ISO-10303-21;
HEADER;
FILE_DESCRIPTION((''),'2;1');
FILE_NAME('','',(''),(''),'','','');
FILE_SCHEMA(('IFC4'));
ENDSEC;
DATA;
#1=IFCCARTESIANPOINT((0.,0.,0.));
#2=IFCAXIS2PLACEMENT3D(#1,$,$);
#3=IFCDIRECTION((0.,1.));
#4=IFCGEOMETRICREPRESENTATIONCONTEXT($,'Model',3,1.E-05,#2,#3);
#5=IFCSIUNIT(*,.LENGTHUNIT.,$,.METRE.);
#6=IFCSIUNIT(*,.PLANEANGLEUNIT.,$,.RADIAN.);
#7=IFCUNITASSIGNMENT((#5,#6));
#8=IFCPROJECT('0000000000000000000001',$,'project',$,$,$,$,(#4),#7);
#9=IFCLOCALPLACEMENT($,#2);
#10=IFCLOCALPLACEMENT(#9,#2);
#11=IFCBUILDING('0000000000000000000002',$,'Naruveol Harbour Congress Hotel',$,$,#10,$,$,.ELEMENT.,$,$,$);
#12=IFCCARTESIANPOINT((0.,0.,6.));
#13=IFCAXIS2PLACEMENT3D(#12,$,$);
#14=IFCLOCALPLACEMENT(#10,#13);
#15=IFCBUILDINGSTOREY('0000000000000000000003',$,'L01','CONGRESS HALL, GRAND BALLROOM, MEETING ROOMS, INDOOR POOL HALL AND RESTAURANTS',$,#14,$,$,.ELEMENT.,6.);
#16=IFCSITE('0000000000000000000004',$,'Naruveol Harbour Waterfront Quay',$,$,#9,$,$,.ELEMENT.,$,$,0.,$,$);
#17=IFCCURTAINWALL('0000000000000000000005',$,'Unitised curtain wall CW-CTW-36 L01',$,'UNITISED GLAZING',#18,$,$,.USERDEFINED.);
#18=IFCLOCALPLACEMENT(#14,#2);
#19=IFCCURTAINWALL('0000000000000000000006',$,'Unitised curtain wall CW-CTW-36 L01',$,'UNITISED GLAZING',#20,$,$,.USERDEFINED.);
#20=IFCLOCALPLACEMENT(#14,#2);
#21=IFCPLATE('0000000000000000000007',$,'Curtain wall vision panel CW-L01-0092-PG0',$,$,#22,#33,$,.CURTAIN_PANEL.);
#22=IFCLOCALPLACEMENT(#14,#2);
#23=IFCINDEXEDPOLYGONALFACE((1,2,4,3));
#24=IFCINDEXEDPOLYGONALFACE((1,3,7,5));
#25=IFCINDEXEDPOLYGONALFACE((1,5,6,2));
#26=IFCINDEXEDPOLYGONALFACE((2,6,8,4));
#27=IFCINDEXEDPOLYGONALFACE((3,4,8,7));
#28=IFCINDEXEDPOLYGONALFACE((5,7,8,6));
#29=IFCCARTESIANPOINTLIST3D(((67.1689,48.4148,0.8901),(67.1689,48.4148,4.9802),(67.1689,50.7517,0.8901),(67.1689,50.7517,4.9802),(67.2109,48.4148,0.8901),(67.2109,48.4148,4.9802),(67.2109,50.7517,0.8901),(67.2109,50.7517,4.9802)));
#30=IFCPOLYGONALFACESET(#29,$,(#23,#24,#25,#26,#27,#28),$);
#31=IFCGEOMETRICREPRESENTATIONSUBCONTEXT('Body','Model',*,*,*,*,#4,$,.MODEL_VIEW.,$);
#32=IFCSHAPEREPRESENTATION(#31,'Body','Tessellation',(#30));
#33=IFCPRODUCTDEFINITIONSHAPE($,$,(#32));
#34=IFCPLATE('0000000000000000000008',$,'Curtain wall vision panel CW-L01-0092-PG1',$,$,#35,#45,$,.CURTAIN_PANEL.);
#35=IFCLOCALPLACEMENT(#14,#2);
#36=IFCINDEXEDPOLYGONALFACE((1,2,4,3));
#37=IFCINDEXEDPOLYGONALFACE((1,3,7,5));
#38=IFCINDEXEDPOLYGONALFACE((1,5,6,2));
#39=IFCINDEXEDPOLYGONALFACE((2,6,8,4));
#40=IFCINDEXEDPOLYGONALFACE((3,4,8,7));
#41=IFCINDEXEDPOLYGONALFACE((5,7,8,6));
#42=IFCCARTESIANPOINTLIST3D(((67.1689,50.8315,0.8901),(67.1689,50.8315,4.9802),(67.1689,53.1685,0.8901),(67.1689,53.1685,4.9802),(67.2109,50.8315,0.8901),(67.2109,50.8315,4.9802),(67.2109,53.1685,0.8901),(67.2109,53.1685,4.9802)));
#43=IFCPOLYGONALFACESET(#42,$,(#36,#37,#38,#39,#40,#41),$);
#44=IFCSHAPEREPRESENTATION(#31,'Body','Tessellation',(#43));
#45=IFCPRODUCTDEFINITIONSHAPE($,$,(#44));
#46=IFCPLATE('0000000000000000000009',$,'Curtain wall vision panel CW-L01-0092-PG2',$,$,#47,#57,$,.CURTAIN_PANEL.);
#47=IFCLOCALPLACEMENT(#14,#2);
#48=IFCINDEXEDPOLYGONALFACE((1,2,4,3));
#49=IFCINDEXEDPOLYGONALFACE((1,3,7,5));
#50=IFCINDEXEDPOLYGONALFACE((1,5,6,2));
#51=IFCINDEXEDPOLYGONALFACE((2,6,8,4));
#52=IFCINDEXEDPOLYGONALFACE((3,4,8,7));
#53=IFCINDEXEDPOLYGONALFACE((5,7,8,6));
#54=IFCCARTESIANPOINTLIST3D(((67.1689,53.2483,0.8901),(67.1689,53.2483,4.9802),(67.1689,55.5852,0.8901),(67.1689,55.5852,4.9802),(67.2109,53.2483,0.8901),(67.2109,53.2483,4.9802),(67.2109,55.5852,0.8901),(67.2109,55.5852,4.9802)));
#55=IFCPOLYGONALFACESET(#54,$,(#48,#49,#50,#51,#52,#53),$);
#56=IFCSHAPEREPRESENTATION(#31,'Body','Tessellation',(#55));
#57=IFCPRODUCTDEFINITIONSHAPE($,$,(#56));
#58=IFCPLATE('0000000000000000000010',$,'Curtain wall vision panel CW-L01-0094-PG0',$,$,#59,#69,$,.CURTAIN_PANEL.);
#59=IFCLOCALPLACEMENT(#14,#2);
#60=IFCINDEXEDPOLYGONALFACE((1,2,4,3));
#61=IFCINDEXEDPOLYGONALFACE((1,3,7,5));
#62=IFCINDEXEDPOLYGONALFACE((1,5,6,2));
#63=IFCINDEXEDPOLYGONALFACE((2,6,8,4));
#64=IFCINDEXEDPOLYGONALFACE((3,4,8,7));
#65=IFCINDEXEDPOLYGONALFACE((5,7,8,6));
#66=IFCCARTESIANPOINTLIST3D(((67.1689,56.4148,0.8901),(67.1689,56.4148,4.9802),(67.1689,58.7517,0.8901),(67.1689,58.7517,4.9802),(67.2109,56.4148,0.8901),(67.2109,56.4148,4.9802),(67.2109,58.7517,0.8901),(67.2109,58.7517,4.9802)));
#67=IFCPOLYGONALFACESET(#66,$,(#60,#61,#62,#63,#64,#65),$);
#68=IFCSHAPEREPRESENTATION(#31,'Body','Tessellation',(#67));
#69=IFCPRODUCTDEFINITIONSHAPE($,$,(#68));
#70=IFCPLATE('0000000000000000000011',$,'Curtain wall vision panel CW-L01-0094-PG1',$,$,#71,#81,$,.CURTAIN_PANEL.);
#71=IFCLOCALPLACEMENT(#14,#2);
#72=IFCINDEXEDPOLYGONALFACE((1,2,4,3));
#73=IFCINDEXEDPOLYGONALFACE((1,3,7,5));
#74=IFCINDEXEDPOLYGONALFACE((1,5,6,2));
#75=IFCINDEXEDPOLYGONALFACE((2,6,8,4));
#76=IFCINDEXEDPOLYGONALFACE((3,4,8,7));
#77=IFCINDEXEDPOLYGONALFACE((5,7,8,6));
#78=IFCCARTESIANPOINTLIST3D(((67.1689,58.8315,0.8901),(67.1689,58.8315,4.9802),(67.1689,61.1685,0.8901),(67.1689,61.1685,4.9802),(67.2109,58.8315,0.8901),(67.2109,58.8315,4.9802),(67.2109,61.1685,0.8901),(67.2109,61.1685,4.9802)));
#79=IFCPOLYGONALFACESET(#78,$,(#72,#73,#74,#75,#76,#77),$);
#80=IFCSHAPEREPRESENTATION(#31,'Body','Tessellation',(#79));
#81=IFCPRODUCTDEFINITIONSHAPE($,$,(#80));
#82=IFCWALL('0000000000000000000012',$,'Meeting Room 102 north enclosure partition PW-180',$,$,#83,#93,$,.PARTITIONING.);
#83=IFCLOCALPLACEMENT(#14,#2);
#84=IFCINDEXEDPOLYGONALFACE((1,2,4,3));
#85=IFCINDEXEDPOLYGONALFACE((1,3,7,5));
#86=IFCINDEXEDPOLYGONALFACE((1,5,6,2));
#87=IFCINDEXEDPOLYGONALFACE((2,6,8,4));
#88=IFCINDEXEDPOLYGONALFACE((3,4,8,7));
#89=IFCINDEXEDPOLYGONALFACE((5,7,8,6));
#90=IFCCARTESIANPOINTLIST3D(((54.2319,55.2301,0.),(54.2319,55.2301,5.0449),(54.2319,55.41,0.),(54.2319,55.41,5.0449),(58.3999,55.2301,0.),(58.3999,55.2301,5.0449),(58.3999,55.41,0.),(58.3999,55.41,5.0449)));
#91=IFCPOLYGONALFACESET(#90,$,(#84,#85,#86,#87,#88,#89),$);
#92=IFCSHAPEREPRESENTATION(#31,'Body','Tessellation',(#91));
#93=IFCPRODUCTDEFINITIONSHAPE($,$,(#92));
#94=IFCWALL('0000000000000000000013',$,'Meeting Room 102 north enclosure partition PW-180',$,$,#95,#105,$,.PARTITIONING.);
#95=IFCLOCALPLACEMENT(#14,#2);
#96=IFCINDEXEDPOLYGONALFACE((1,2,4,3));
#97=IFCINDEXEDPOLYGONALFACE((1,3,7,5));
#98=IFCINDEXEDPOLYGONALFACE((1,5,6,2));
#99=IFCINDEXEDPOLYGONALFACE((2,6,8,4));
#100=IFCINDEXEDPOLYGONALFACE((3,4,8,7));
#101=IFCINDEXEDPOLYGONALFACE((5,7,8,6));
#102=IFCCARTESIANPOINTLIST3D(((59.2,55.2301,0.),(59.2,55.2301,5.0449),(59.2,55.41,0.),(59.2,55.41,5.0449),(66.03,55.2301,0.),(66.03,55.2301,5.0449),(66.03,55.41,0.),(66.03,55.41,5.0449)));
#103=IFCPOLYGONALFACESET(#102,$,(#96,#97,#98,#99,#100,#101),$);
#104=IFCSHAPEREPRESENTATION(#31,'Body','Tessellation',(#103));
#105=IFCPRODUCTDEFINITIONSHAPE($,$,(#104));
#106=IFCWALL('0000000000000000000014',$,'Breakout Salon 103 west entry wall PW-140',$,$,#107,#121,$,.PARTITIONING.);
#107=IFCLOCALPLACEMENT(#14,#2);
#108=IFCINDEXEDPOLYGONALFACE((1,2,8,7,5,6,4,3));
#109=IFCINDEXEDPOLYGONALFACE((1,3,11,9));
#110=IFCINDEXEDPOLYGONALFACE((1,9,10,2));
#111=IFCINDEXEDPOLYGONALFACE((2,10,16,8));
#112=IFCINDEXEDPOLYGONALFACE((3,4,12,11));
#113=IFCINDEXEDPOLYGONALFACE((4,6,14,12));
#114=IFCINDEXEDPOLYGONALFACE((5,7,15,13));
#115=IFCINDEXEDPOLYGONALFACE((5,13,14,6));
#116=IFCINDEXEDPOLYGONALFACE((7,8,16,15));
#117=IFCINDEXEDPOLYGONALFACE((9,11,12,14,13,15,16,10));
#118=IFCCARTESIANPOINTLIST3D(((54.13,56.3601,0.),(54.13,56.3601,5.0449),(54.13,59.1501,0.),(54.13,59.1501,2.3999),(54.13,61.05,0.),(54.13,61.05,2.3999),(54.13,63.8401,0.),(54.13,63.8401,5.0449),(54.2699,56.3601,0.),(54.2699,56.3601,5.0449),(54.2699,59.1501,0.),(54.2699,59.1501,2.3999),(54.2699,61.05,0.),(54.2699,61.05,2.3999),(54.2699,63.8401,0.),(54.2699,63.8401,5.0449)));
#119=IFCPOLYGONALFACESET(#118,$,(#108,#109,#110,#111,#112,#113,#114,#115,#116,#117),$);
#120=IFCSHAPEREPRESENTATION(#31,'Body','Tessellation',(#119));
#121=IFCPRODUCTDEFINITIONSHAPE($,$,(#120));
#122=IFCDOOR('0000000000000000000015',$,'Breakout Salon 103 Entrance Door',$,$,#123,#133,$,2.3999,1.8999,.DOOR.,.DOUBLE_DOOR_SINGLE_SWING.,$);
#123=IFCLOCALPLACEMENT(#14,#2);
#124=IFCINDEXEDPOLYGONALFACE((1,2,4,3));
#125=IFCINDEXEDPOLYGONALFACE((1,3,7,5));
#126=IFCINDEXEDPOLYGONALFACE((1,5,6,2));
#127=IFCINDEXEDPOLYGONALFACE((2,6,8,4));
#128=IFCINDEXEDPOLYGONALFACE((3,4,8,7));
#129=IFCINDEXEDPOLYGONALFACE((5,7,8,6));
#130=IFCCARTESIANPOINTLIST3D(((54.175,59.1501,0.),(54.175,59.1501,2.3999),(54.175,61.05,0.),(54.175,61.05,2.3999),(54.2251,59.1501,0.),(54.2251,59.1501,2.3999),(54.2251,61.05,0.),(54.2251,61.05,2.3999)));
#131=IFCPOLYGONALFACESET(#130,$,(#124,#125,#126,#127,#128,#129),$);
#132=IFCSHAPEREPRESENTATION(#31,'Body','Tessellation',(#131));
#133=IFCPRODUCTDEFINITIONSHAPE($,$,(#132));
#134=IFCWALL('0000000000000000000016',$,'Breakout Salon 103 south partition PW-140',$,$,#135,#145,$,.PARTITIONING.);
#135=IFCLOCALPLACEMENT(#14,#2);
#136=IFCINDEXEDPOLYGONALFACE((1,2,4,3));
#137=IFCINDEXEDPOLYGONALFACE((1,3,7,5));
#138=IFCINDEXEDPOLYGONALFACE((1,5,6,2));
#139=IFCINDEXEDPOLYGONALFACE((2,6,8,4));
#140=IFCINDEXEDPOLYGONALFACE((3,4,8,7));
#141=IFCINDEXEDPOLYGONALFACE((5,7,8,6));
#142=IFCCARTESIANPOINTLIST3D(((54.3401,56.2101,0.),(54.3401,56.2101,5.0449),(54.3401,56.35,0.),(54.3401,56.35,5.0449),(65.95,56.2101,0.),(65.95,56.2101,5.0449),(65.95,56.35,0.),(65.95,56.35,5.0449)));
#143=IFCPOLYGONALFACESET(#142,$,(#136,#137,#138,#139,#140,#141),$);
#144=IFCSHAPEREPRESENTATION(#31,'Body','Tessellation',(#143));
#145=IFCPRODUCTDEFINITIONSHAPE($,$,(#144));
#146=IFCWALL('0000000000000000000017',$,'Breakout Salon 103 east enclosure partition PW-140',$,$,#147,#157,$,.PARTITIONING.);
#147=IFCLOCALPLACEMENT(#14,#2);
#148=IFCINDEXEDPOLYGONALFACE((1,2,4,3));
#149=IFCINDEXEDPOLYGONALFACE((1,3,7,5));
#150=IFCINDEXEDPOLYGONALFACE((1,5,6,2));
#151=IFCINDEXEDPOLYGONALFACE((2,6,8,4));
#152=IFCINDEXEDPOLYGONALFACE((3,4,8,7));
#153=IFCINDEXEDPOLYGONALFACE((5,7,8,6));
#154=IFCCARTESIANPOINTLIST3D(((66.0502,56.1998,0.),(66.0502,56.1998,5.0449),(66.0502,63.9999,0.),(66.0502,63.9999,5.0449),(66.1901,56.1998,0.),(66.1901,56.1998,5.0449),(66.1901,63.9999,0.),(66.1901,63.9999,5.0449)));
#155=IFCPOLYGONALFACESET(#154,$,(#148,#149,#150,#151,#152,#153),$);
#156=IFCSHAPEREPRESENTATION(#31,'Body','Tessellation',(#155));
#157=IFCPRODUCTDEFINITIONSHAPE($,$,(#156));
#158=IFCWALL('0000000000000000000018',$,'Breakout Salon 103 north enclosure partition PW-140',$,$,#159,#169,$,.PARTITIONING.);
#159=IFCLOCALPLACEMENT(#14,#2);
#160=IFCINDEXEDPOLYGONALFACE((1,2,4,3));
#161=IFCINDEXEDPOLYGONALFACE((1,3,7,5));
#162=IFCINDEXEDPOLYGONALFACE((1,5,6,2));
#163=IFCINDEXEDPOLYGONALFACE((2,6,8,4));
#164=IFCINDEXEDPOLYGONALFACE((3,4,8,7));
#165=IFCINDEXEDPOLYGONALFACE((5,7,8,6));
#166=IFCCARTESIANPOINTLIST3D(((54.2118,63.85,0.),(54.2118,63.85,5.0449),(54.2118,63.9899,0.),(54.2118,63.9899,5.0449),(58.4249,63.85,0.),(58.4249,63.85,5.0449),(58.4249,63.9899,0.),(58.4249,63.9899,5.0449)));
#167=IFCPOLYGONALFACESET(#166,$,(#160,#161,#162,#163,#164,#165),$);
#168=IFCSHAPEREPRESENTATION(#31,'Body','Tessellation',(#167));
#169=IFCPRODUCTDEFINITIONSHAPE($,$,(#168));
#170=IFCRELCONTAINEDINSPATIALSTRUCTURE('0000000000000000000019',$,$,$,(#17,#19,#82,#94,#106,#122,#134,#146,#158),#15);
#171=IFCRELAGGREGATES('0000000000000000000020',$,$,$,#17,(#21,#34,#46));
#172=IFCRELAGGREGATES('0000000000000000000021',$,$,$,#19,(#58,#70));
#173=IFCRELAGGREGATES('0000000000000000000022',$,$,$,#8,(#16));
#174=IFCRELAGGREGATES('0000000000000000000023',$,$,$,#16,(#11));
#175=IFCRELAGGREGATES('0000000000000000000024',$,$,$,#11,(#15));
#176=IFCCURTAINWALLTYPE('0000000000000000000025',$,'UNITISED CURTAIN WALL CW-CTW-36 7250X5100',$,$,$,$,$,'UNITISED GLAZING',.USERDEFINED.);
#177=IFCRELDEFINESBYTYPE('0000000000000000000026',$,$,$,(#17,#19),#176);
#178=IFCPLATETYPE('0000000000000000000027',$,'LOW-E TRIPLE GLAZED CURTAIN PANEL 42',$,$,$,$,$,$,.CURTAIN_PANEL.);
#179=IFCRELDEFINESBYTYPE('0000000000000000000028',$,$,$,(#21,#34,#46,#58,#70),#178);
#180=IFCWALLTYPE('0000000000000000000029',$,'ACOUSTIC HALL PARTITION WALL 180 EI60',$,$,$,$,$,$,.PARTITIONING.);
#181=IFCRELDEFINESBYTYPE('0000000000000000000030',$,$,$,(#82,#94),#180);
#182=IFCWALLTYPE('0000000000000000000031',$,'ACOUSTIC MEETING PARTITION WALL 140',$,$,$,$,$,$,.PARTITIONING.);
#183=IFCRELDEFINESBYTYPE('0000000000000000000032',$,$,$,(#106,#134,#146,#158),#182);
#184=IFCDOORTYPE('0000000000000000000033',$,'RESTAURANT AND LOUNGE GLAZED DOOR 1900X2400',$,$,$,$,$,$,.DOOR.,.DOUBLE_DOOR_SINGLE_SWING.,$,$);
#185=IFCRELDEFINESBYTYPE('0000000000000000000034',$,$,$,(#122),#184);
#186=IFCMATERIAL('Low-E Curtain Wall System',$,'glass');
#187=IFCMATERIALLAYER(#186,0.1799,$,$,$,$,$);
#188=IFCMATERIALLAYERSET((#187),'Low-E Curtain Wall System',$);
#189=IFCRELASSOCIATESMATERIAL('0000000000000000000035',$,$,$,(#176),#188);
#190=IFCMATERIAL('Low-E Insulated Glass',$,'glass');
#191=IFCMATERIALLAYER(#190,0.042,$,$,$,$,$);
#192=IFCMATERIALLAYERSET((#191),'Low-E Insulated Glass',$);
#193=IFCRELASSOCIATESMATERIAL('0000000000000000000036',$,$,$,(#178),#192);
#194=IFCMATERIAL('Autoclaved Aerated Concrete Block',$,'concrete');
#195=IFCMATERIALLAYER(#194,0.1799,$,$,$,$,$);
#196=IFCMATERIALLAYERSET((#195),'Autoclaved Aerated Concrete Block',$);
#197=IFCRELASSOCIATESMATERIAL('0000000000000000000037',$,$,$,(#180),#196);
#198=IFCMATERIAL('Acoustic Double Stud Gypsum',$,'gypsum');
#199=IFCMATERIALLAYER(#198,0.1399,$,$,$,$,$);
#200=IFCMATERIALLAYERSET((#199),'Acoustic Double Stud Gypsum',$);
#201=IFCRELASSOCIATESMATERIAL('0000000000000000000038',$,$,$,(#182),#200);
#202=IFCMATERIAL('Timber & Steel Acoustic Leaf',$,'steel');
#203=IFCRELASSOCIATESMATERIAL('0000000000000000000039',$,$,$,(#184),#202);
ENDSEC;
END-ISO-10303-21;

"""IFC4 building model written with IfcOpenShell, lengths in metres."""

from ifc_helpers import new_model, si_unit, direction, frame, frame_2d, origin, origin_2d, place, context, subcontext, project, spatial, rectangle, extrude, material, layer, layer_set, type_object, element, fill, aggregate, save


model = new_model("IFC4")

# Units and contexts
model_context = context("Model", 3, precision=1e-05, world=origin(), true_north=direction((0.0, 1.0)))
body_context = subcontext(model_context, "Body", "Model", "MODEL_VIEW")
ifc_project = project(units=[si_unit("LENGTHUNIT", "METRE"), si_unit("PLANEANGLEUNIT", "RADIAN")], contexts=[model_context])

# Site, building, storey
site_placement = place(None, origin())
site = spatial("IfcSite", under=ifc_project, at=site_placement, Name="Naruveol Harbour Waterfront Quay", CompositionType="ELEMENT", RefElevation=0.0)
building_placement = place(site_placement, origin())
building = spatial("IfcBuilding", under=site, at=building_placement, Name="Naruveol Harbour Congress Hotel", CompositionType="ELEMENT")
storey_placement = place(building_placement, frame((0.0, 0.0, 6.0)))
storey = spatial("IfcBuildingStorey", under=building, at=storey_placement, Name="L01", Description="CONGRESS HALL, GRAND BALLROOM, MEETING ROOMS, INDOOR POOL HALL AND RESTAURANTS", CompositionType="ELEMENT", Elevation=6.0)

# Curtain walls
ifc_material_1 = material(Name="Low-E Curtain Wall System", Category="glass")
ifc_layer_1 = layer(ifc_material_1, 0.1799)
ifc_layer_set_1 = layer_set([ifc_layer_1], Name="Low-E Curtain Wall System")
curtain_wall_type = type_object("IfcCurtainWallType", Name="UNITISED CURTAIN WALL CW-CTW-36 7250X5100", ElementType="UNITISED GLAZING", PredefinedType="USERDEFINED", material=ifc_layer_set_1)
curtain_wall_1_placement = place(storey_placement, origin())
curtain_wall_1 = element("IfcCurtainWall", 1, at=curtain_wall_1_placement, inside=storey, type_object=curtain_wall_type, Name="Unitised curtain wall CW-CTW-36 L01", ObjectType="UNITISED GLAZING", PredefinedType="USERDEFINED")
curtain_wall_2_placement = place(storey_placement, origin())
curtain_wall_2 = element("IfcCurtainWall", 2, at=curtain_wall_2_placement, inside=storey, type_object=curtain_wall_type, Name="Unitised curtain wall CW-CTW-36 L01", ObjectType="UNITISED GLAZING", PredefinedType="USERDEFINED")

# Plates
ifc_material_2 = material(Name="Low-E Insulated Glass", Category="glass")
ifc_layer_2 = layer(ifc_material_2, 0.042)
ifc_layer_set_2 = layer_set([ifc_layer_2], Name="Low-E Insulated Glass")
plate_type_1 = type_object("IfcPlateType", Name="LOW-E TRIPLE GLAZED CURTAIN PANEL 42", PredefinedType="CURTAIN_PANEL", material=ifc_layer_set_2)
plate_1_placement = place(storey_placement, frame((67.1899, 49.5833, 0.8901), z_axis=(0.0, 0.0, 1.0), x_axis=(0.0, 1.0, 0.0)))
plate_1 = element("IfcPlate", 3, at=plate_1_placement, type_object=plate_type_1, Name="Curtain wall vision panel CW-L01-0092-PG0", PredefinedType="CURTAIN_PANEL", context=body_context, shape_type="SweptSolid", body=[
    extrude(rectangle(XDim=2.3369, YDim=0.042, at=origin_2d()), origin(), (0.0, 0.0, 1.0), 4.0901),
])
plate_2_placement = place(storey_placement, frame((67.1899, 52.0, 0.8901), z_axis=(0.0, 0.0, 1.0), x_axis=(0.0, 1.0, 0.0)))
plate_2 = element("IfcPlate", 4, at=plate_2_placement, type_object=plate_type_1, Name="Curtain wall vision panel CW-L01-0092-PG1", PredefinedType="CURTAIN_PANEL", context=body_context, shape_type="SweptSolid", body=[
    extrude(rectangle(XDim=2.3369, YDim=0.042, at=origin_2d()), origin(), (0.0, 0.0, 1.0), 4.0901),
])
plate_3_placement = place(storey_placement, frame((67.1899, 54.4167, 0.8901), z_axis=(0.0, 0.0, 1.0), x_axis=(0.0, 1.0, 0.0)))
plate_3 = element("IfcPlate", 5, at=plate_3_placement, type_object=plate_type_1, Name="Curtain wall vision panel CW-L01-0092-PG2", PredefinedType="CURTAIN_PANEL", context=body_context, shape_type="SweptSolid", body=[
    extrude(rectangle(XDim=2.3369, YDim=0.042, at=origin_2d()), origin(), (0.0, 0.0, 1.0), 4.0901),
])
aggregate(curtain_wall_1, [plate_1, plate_2, plate_3])
plate_4_placement = place(storey_placement, frame((67.1899, 57.5833, 0.8901), z_axis=(0.0, 0.0, 1.0), x_axis=(0.0, 1.0, 0.0)))
plate_4 = element("IfcPlate", 6, at=plate_4_placement, type_object=plate_type_1, Name="Curtain wall vision panel CW-L01-0094-PG0", PredefinedType="CURTAIN_PANEL", context=body_context, shape_type="SweptSolid", body=[
    extrude(rectangle(XDim=2.3369, YDim=0.042, at=origin_2d()), origin(), (0.0, 0.0, 1.0), 4.0901),
])
plate_5_placement = place(storey_placement, frame((67.1899, 60.0, 0.8901), z_axis=(0.0, 0.0, 1.0), x_axis=(0.0, 1.0, 0.0)))
plate_5 = element("IfcPlate", 7, at=plate_5_placement, type_object=plate_type_1, Name="Curtain wall vision panel CW-L01-0094-PG1", PredefinedType="CURTAIN_PANEL", context=body_context, shape_type="SweptSolid", body=[
    extrude(rectangle(XDim=2.3369, YDim=0.042, at=origin_2d()), origin(), (0.0, 0.0, 1.0), 4.0901),
])
aggregate(curtain_wall_2, [plate_4, plate_5])

# Walls
ifc_material_3 = material(Name="Autoclaved Aerated Concrete Block", Category="concrete")
ifc_layer_3 = layer(ifc_material_3, 0.1799)
ifc_layer_set_3 = layer_set([ifc_layer_3], Name="Autoclaved Aerated Concrete Block")
wall_type_1 = type_object("IfcWallType", Name="ACOUSTIC HALL PARTITION WALL 180 EI60", PredefinedType="PARTITIONING", material=ifc_layer_set_3)
wall_1_placement = place(storey_placement, frame((54.2319, 55.3201, 0.0), z_axis=(0.0, 0.0, 1.0), x_axis=(1.0, 0.0, 0.0)))
element("IfcWall", 8, at=wall_1_placement, inside=storey, type_object=wall_type_1, Name="Meeting Room 102 north enclosure partition PW-180", PredefinedType="PARTITIONING", context=body_context, shape_type="SweptSolid", body=[
    extrude(rectangle(XDim=4.168, YDim=0.1799, at=frame_2d((2.084, 0.0))), origin(), (0.0, 0.0, 1.0), 5.0449),
])
wall_2_placement = place(storey_placement, frame((59.2, 55.3201, 0.0), z_axis=(0.0, 0.0, 1.0), x_axis=(1.0, 0.0, 0.0)))
element("IfcWall", 9, at=wall_2_placement, inside=storey, type_object=wall_type_1, Name="Meeting Room 102 north enclosure partition PW-180", PredefinedType="PARTITIONING", context=body_context, shape_type="SweptSolid", body=[
    extrude(rectangle(XDim=6.8301, YDim=0.1799, at=frame_2d((3.415, 0.0))), origin(), (0.0, 0.0, 1.0), 5.0449),
])

# Wall, opening, door
ifc_material_4 = material(Name="Acoustic Double Stud Gypsum", Category="gypsum")
ifc_layer_4 = layer(ifc_material_4, 0.1399)
ifc_layer_set_4 = layer_set([ifc_layer_4], Name="Acoustic Double Stud Gypsum")
wall_type_2 = type_object("IfcWallType", Name="ACOUSTIC MEETING PARTITION WALL 140", PredefinedType="PARTITIONING", material=ifc_layer_set_4)
wall_3_placement = place(storey_placement, frame((54.2, 56.3601, 0.0), z_axis=(0.0, 0.0, 1.0), x_axis=(0.0, 1.0, 0.0)))
wall_3 = element("IfcWall", 10, at=wall_3_placement, inside=storey, type_object=wall_type_2, Name="Breakout Salon 103 west entry wall PW-140", PredefinedType="PARTITIONING", context=body_context, shape_type="SweptSolid", body=[
    extrude(rectangle(XDim=7.48, YDim=0.1399, at=frame_2d((3.74, 0.0))), origin(), (0.0, 0.0, 1.0), 5.0449),
])
opening_1_placement = place(wall_3_placement, frame((2.79, 0.0, 0.0)))
opening_1 = element("IfcOpeningElement", 11, at=opening_1_placement, cuts=wall_3, PredefinedType="OPENING", context=body_context, shape_type="SweptSolid", body=[
    extrude(rectangle(XDim=1.8999, YDim=2.3999, at=frame_2d((0.95, 1.2))), frame((0.0, 0.0798, 0.0), z_axis=(0.0, -1.0, 0.0), x_axis=(1.0, 0.0, 0.0)), (0.0, 0.0, 1.0), 0.1599),
])
ifc_material_5 = material(Name="Timber & Steel Acoustic Leaf", Category="steel")
door_type = type_object("IfcDoorType", Name="RESTAURANT AND LOUNGE GLAZED DOOR 1900X2400", OperationType="DOUBLE_DOOR_SINGLE_SWING", PredefinedType="DOOR", material=ifc_material_5)
door_1_placement = place(opening_1_placement, origin())
door_1 = element("IfcDoor", 12, at=door_1_placement, inside=storey, type_object=door_type, Name="Breakout Salon 103 Entrance Door", OperationType="DOUBLE_DOOR_SINGLE_SWING", OverallHeight=2.3999, OverallWidth=1.8999, PredefinedType="DOOR", context=body_context, shape_type="SweptSolid", body=[
    extrude(rectangle(XDim=1.8999, YDim=2.3999, at=frame_2d((0.95, 1.2))), frame((0.0, 0.0249, 0.0), z_axis=(0.0, -1.0, 0.0), x_axis=(1.0, 0.0, 0.0)), (0.0, 0.0, 1.0), 0.05),
])
fill(opening_1, door_1)

# Walls
wall_4_placement = place(storey_placement, frame((54.3401, 56.28, 0.0), z_axis=(0.0, 0.0, 1.0), x_axis=(1.0, 0.0, 0.0)))
element("IfcWall", 13, at=wall_4_placement, inside=storey, type_object=wall_type_2, Name="Breakout Salon 103 south partition PW-140", PredefinedType="PARTITIONING", context=body_context, shape_type="SweptSolid", body=[
    extrude(rectangle(XDim=11.6099, YDim=0.1399, at=frame_2d((5.8049, 0.0))), origin(), (0.0, 0.0, 1.0), 5.0449),
])
wall_5_placement = place(storey_placement, frame((66.1201, 56.2, 0.0), z_axis=(0.0, 0.0, 1.0), x_axis=(0.0, 1.0, 0.0)))
element("IfcWall", 14, at=wall_5_placement, inside=storey, type_object=wall_type_2, Name="Breakout Salon 103 east enclosure partition PW-140", PredefinedType="PARTITIONING", context=body_context, shape_type="SweptSolid", body=[
    extrude(rectangle(XDim=7.8, YDim=0.1399, at=frame_2d((3.8999, 0.0))), origin(), (0.0, 0.0, 1.0), 5.0449),
])
wall_6_placement = place(storey_placement, frame((54.2119, 63.9199, 0.0), z_axis=(0.0, 0.0, 1.0), x_axis=(1.0, 0.0, 0.0)))
element("IfcWall", 15, at=wall_6_placement, inside=storey, type_object=wall_type_2, Name="Breakout Salon 103 north enclosure partition PW-140", PredefinedType="PARTITIONING", context=body_context, shape_type="SweptSolid", body=[
    extrude(rectangle(XDim=4.2131, YDim=0.1399, at=frame_2d((2.1064, 0.0))), origin(), (0.0, 0.0, 1.0), 5.0449),
])

save(model, "model.ifc")
